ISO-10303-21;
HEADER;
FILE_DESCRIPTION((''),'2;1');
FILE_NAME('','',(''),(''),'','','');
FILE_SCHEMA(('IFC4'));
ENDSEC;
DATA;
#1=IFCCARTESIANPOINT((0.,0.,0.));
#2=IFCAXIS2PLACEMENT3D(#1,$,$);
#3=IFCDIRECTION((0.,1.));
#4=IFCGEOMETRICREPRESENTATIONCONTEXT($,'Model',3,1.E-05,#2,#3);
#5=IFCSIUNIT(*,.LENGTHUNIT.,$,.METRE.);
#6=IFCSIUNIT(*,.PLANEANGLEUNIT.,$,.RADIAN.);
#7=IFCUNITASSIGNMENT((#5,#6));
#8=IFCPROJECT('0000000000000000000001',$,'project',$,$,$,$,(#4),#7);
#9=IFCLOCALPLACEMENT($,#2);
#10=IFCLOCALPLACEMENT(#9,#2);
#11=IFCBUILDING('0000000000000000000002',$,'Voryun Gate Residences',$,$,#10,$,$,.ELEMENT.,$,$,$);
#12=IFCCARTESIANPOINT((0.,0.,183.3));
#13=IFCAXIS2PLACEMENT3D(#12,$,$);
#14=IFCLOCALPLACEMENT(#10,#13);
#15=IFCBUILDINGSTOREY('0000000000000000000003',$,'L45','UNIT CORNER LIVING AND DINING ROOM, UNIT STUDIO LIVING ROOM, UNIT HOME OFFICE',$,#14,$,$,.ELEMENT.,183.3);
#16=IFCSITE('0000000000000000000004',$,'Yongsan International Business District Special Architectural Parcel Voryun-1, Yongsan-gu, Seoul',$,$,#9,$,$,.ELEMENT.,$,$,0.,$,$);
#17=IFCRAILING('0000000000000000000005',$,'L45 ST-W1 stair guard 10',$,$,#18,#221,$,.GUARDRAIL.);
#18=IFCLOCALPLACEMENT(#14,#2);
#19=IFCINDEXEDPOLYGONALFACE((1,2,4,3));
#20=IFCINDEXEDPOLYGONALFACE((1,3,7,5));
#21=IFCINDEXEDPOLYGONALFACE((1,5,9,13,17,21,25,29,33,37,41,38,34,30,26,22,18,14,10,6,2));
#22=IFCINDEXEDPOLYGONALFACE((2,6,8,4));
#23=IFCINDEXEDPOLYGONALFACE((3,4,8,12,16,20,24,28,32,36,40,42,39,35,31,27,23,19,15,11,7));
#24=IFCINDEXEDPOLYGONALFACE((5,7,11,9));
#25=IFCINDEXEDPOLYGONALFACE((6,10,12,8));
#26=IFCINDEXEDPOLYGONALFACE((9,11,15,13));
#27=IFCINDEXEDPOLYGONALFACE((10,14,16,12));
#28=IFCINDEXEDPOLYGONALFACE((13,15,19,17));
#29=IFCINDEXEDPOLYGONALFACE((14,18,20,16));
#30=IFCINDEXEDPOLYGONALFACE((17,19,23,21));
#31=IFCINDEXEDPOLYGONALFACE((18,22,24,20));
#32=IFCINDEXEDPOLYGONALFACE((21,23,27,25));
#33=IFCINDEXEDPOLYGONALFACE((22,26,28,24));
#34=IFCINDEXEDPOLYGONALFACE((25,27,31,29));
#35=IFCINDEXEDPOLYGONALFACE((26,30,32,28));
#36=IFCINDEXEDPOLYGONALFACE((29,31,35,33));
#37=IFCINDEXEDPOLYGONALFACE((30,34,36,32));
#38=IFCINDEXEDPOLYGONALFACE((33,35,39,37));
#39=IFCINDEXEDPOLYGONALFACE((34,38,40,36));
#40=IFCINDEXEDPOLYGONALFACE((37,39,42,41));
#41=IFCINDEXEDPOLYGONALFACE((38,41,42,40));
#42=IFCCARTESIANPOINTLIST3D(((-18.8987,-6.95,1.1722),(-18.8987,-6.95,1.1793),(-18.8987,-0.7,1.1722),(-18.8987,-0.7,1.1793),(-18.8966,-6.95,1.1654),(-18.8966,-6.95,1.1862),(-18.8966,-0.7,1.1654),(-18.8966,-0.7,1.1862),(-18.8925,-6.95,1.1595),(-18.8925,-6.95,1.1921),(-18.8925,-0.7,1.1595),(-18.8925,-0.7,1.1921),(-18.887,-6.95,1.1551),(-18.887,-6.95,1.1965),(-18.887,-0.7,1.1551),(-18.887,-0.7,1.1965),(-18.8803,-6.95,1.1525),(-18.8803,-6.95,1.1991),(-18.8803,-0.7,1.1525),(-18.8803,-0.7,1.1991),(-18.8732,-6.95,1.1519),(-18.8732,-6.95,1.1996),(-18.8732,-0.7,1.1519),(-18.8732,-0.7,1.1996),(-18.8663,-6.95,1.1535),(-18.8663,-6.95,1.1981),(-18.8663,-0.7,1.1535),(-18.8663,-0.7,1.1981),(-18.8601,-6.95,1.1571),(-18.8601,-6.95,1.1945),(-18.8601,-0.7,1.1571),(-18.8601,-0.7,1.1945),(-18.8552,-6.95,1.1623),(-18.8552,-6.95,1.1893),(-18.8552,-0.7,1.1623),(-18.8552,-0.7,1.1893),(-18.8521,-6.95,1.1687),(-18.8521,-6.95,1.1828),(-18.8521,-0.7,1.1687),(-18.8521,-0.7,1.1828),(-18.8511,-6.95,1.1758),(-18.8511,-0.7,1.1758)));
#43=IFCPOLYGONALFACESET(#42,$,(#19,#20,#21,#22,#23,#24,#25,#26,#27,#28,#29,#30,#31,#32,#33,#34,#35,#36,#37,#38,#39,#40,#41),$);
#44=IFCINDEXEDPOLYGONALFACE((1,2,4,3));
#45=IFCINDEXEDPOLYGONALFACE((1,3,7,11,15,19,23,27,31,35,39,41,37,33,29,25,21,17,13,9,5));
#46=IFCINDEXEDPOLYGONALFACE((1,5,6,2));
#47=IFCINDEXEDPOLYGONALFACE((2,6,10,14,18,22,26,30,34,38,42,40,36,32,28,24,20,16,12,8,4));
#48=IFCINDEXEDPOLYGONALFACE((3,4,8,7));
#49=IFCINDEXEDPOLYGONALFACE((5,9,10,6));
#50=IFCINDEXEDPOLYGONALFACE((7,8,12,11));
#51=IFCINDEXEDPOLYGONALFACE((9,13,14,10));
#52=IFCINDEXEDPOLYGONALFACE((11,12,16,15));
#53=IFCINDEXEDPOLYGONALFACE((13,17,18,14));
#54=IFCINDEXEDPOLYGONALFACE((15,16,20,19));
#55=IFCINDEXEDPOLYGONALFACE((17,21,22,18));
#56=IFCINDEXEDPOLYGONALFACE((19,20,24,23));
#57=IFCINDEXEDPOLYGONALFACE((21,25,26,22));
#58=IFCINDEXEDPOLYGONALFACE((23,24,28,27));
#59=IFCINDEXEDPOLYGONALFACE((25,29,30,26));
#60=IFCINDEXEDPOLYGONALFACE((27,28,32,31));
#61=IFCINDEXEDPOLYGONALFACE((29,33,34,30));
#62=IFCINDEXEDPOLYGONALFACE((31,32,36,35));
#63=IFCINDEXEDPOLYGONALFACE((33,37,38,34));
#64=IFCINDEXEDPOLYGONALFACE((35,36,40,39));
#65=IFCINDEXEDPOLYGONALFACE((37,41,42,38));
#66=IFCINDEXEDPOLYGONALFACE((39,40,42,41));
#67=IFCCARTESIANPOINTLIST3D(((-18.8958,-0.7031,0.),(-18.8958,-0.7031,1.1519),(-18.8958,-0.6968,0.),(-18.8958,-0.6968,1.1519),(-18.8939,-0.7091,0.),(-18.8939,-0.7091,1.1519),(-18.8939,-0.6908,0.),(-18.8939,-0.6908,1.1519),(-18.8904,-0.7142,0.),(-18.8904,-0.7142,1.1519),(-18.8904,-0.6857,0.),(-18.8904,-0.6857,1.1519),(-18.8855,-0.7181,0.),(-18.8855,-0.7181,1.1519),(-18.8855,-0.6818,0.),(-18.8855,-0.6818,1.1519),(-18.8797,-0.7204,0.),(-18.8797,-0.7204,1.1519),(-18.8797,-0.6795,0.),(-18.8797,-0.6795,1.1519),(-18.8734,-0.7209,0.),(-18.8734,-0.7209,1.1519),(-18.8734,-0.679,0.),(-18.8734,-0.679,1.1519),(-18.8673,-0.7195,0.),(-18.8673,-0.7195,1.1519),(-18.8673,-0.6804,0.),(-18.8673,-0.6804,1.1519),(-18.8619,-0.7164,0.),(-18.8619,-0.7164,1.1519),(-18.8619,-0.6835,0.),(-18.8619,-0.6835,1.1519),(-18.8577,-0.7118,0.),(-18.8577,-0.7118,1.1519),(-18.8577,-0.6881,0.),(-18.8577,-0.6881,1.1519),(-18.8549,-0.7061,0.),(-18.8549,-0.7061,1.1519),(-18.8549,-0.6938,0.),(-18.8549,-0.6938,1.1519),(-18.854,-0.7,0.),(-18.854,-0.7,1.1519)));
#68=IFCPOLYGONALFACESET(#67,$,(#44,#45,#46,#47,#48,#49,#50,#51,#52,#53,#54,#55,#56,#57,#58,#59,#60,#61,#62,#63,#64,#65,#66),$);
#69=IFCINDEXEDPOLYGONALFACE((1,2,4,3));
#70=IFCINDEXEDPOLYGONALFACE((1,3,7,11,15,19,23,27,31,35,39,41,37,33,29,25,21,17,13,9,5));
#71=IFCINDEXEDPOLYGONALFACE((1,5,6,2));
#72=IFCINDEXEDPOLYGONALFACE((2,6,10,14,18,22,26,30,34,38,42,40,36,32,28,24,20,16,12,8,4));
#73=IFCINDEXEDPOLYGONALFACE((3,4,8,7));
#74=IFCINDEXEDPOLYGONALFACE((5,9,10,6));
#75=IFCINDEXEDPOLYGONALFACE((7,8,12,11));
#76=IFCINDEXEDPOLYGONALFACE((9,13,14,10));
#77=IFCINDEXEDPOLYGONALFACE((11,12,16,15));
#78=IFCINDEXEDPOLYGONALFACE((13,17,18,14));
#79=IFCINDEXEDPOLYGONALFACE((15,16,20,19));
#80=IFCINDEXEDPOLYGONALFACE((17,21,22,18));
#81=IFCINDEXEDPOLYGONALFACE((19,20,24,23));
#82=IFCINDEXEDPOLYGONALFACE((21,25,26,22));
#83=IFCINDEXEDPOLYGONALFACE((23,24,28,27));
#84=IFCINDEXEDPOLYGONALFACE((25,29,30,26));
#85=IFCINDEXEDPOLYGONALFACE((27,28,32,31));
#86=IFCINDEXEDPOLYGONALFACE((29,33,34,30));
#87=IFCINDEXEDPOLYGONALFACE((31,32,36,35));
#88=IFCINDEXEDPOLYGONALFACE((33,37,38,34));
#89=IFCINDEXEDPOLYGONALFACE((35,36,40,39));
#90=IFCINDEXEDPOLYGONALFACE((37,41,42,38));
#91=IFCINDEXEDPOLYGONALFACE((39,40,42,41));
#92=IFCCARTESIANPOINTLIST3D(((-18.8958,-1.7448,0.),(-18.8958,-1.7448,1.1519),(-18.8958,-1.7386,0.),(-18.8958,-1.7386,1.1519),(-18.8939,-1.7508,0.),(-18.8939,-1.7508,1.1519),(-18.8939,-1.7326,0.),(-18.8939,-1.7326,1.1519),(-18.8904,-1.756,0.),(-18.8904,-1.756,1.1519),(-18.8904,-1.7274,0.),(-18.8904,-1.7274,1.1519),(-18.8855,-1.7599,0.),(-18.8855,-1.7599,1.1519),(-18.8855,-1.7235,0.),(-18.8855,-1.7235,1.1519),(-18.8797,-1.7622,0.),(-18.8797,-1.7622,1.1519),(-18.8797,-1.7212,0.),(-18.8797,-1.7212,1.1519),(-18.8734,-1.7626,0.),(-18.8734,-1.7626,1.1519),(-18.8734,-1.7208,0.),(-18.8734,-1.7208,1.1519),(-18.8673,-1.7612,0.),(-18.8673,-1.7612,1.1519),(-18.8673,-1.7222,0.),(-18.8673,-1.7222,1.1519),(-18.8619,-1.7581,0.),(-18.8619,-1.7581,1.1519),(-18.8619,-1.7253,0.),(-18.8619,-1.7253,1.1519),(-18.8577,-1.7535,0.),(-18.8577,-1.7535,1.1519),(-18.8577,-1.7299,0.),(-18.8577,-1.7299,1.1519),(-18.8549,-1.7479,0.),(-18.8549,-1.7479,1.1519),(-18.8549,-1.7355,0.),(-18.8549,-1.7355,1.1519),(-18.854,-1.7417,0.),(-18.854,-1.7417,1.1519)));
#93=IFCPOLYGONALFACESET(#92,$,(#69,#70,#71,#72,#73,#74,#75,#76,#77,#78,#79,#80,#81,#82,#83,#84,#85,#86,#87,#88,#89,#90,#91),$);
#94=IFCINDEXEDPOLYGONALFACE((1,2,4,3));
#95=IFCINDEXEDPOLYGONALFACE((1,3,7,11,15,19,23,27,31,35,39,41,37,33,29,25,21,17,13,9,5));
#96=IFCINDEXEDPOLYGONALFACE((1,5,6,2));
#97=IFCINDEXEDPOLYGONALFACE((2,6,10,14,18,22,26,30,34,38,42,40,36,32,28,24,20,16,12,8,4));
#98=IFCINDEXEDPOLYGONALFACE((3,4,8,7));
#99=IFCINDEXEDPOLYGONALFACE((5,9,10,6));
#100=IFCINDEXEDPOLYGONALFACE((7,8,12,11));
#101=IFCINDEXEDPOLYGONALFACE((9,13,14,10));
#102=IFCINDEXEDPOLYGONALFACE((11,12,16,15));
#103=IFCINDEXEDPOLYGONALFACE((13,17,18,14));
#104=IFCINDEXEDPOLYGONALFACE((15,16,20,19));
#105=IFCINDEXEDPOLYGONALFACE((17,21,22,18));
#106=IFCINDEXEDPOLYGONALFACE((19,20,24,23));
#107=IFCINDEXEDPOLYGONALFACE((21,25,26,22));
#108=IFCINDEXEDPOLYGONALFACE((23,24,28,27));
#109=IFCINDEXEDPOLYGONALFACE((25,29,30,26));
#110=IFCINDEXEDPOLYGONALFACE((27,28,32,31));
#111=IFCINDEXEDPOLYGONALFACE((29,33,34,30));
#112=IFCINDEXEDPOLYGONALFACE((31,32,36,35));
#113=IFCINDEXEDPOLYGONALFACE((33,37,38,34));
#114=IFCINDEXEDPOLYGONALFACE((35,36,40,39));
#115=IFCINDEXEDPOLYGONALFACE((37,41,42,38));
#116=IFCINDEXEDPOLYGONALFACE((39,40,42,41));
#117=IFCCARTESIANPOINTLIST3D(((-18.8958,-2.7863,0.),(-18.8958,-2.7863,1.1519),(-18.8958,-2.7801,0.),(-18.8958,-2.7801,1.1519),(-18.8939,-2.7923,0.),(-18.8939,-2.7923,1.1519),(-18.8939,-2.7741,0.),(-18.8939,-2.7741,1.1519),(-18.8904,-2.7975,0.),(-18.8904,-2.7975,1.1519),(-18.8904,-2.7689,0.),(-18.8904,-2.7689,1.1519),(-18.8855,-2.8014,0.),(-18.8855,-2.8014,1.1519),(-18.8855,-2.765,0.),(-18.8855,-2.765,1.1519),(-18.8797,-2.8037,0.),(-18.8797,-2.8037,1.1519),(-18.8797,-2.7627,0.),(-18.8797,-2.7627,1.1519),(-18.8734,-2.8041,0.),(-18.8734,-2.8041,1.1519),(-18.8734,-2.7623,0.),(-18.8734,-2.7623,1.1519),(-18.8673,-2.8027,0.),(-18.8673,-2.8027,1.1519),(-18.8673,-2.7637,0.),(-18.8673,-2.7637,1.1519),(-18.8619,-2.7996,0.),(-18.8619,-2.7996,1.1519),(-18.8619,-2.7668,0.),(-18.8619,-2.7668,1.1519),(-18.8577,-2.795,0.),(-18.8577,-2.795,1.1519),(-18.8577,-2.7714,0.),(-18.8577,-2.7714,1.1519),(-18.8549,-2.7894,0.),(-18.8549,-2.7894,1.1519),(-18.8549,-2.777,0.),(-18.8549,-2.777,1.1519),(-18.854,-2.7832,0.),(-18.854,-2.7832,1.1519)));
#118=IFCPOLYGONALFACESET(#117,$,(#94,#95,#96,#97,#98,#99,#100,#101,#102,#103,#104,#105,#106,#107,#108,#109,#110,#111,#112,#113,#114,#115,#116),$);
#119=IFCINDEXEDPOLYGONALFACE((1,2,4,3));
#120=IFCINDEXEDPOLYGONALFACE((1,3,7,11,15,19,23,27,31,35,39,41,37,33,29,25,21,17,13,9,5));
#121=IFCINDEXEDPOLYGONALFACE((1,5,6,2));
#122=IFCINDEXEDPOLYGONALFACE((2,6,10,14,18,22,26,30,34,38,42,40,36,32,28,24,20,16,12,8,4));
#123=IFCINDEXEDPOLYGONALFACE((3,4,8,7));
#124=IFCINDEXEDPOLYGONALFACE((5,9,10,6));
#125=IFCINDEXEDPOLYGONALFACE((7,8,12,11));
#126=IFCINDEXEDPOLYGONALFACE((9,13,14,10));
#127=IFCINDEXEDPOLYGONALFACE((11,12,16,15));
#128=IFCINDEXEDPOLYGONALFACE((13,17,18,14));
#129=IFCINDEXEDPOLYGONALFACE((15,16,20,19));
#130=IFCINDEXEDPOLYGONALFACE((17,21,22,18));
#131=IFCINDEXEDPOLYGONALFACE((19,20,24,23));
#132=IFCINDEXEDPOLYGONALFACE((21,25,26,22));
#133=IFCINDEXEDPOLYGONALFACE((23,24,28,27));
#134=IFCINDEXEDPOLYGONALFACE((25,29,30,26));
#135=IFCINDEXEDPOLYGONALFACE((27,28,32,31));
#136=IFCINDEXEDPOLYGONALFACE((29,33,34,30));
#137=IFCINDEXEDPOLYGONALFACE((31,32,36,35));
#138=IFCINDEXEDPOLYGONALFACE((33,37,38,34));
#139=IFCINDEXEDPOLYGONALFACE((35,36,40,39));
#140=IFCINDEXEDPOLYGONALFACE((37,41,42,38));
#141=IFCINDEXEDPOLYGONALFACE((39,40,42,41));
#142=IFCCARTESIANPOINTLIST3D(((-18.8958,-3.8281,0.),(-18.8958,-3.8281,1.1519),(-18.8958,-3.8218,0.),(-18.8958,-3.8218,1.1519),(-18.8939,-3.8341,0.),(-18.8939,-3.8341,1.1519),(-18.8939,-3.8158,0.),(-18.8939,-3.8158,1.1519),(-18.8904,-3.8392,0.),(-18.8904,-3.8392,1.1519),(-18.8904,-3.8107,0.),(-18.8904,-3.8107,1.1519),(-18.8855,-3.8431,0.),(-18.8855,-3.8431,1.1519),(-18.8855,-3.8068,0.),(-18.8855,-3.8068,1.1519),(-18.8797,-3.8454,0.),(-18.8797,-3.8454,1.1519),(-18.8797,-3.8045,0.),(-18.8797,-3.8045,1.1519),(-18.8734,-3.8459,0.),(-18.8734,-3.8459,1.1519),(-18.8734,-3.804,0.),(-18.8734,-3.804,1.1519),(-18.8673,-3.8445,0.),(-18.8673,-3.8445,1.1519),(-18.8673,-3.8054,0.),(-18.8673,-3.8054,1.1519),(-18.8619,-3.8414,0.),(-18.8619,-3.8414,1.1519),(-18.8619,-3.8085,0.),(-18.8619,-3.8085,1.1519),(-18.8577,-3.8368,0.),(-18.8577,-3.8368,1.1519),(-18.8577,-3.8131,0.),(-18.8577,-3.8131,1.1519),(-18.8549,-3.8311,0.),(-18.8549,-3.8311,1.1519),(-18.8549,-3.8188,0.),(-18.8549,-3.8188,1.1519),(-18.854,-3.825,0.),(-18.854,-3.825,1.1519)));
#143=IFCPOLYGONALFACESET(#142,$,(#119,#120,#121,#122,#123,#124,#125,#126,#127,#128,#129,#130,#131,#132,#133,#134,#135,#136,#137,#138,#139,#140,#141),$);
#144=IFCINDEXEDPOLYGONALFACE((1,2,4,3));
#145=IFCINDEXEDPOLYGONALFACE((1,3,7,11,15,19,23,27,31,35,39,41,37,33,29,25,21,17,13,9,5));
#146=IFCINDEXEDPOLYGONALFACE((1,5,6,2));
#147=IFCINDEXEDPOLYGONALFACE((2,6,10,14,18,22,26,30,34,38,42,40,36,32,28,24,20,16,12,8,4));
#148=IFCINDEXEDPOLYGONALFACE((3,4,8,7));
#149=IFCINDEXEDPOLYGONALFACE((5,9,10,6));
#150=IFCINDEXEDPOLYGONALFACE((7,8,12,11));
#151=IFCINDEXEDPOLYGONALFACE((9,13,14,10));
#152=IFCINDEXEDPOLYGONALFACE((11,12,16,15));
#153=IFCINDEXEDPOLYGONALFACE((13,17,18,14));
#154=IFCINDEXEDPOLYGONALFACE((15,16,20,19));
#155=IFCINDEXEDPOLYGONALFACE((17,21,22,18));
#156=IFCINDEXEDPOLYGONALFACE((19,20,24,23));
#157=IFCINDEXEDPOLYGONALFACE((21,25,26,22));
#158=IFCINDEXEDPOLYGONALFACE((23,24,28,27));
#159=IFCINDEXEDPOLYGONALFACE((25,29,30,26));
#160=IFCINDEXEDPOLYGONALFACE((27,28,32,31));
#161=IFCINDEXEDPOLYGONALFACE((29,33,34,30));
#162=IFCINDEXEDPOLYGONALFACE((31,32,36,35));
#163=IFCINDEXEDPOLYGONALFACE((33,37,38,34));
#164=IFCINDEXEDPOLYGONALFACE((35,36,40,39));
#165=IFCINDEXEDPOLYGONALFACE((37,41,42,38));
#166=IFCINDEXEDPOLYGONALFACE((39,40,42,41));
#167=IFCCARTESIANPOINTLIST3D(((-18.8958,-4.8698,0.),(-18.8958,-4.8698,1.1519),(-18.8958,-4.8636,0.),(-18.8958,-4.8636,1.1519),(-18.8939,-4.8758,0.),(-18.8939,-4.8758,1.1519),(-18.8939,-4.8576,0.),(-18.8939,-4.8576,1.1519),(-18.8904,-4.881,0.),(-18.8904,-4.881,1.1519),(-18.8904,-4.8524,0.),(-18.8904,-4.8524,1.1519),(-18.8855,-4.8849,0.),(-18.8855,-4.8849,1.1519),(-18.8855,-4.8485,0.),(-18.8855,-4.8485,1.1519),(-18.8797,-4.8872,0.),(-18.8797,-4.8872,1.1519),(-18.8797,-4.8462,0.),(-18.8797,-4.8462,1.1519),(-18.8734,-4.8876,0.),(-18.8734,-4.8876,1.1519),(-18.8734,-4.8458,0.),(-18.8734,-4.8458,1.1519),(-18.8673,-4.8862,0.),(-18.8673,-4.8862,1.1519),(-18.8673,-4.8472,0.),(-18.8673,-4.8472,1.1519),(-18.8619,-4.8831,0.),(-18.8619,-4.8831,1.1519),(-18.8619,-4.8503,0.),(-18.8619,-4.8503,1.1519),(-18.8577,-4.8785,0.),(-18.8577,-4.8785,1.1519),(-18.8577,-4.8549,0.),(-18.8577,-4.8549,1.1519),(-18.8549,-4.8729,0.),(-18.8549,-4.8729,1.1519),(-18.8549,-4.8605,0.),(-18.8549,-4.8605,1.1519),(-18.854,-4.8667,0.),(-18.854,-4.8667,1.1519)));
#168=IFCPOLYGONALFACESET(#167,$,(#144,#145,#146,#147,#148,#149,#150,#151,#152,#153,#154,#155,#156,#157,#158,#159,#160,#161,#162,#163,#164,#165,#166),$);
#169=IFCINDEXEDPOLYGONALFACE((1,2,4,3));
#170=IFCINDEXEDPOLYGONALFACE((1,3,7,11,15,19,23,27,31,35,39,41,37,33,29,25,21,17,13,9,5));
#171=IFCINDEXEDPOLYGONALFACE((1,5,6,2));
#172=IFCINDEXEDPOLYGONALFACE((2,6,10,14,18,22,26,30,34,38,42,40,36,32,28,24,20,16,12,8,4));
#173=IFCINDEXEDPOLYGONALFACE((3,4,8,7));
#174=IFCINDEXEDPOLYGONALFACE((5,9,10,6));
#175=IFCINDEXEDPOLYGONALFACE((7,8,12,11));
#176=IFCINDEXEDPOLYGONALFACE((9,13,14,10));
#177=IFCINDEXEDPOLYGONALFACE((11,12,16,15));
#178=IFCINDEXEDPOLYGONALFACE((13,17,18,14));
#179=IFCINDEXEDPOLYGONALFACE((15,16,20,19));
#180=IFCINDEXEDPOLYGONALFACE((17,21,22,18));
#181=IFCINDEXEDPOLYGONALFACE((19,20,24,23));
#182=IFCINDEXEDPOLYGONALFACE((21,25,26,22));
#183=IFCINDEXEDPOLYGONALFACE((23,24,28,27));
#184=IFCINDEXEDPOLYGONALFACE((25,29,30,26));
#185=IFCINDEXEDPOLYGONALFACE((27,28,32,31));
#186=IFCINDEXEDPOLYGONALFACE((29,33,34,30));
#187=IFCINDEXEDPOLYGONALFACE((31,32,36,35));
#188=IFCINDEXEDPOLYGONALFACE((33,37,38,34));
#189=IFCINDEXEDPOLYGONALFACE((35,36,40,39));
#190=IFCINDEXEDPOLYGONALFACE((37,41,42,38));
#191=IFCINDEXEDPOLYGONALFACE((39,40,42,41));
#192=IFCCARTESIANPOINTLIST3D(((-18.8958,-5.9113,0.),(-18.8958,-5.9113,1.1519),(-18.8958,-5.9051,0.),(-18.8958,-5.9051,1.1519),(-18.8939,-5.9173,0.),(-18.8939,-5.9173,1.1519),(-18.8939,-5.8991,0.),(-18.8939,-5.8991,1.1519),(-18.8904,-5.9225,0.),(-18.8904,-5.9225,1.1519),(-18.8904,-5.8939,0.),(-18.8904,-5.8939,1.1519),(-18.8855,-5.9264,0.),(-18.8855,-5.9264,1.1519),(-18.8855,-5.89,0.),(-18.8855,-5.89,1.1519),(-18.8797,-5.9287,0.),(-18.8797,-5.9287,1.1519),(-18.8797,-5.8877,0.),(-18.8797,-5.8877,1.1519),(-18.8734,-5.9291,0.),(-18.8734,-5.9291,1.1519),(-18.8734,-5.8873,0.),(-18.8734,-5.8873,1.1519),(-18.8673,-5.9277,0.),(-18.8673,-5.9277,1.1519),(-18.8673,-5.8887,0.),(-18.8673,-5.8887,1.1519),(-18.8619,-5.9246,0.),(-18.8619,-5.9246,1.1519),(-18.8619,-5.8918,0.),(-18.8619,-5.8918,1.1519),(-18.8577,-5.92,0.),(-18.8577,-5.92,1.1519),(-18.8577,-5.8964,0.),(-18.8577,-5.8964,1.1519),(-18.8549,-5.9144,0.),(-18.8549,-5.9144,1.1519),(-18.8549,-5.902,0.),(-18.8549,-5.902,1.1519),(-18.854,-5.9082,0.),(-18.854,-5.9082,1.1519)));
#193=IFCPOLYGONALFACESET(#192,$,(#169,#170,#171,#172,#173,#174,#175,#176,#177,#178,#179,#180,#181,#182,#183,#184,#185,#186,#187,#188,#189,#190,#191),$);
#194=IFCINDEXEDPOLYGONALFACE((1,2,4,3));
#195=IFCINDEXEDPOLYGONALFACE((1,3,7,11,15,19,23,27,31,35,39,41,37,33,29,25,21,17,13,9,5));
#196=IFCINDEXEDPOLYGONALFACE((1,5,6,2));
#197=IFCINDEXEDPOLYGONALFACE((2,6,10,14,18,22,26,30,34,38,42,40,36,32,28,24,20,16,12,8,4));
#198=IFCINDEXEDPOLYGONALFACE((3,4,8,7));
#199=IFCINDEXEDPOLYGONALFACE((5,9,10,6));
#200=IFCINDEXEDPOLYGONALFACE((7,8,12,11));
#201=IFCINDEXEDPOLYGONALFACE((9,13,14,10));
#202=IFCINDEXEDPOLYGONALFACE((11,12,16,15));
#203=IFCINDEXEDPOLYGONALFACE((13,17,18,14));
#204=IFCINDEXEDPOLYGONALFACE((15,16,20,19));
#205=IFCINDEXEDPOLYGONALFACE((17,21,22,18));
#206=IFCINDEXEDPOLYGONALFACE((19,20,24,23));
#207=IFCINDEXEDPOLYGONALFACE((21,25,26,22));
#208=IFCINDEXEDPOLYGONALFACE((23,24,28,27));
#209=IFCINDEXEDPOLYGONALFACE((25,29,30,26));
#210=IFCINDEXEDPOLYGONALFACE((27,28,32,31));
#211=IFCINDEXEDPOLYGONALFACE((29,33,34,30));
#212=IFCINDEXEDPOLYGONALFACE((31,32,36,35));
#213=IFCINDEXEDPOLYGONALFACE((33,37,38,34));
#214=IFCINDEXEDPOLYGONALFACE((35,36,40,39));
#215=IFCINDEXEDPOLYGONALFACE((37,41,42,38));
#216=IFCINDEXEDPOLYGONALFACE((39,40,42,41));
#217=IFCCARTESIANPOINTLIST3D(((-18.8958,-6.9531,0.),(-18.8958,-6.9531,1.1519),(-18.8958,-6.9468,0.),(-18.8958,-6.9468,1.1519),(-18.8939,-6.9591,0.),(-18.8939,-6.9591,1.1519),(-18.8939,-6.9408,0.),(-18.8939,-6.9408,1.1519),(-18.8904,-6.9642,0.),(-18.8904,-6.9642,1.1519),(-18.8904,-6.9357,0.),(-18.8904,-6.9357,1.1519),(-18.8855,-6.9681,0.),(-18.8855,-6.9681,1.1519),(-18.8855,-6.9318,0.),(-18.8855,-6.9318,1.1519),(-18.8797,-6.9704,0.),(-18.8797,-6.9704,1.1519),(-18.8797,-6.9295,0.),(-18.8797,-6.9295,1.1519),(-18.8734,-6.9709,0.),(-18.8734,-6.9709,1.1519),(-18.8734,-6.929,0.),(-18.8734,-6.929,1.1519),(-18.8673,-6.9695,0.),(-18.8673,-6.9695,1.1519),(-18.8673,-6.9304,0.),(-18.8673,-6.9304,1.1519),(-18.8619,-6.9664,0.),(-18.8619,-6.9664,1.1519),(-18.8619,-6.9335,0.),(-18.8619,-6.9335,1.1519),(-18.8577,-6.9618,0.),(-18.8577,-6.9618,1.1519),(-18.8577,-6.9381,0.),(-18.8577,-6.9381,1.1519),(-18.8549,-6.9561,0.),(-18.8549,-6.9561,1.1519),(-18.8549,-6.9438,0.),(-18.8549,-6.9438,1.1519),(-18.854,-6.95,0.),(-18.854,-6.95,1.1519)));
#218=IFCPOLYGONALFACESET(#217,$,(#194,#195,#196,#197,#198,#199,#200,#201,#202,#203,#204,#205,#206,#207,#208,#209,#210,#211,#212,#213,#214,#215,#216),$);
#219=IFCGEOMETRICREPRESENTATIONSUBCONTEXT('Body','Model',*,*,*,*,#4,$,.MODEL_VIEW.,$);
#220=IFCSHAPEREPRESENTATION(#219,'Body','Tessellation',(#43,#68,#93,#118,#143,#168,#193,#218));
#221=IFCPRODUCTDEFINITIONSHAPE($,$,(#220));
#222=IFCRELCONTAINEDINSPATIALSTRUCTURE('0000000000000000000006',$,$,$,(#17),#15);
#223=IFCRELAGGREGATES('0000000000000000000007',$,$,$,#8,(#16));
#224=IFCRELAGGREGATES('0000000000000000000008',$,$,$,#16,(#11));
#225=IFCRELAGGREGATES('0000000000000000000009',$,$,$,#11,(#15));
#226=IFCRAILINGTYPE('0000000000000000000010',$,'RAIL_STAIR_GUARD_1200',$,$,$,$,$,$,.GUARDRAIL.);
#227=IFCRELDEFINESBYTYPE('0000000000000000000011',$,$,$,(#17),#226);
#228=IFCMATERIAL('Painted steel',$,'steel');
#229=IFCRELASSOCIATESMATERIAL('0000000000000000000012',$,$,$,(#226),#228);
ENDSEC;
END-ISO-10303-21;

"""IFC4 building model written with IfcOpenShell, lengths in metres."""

from ifc_helpers import new_model, si_unit, direction, frame, origin, origin_2d, place, context, subcontext, project, spatial, circle, extrude, material, type_object, element, save


model = new_model("IFC4")

# Units and contexts
model_context = context("Model", 3, precision=1e-05, world=origin(), true_north=direction((0.0, 1.0)))
body_context = subcontext(model_context, "Body", "Model", "MODEL_VIEW")
ifc_project = project(units=[si_unit("LENGTHUNIT", "METRE"), si_unit("PLANEANGLEUNIT", "RADIAN")], contexts=[model_context])

# Site, building, storey
site_placement = place(None, origin())
site = spatial("IfcSite", under=ifc_project, at=site_placement, Name="Yongsan International Business District Special Architectural Parcel Voryun-1, Yongsan-gu, Seoul", CompositionType="ELEMENT", RefElevation=0.0)
building_placement = place(site_placement, origin())
building = spatial("IfcBuilding", under=site, at=building_placement, Name="Voryun Gate Residences", CompositionType="ELEMENT")
storey_placement = place(building_placement, frame((0.0, 0.0, 183.3)))
storey = spatial("IfcBuildingStorey", under=building, at=storey_placement, Name="L45", Description="UNIT CORNER LIVING AND DINING ROOM, UNIT STUDIO LIVING ROOM, UNIT HOME OFFICE", CompositionType="ELEMENT", Elevation=183.3)

# Railing
ifc_material_1 = material(Name="Painted steel", Category="steel")
railing_type = type_object("IfcRailingType", Name="RAIL_STAIR_GUARD_1200", PredefinedType="GUARDRAIL", material=ifc_material_1)
railing_1_placement = place(storey_placement, frame((-18.875, -0.7, 0.0)))
element("IfcRailing", 1, at=railing_1_placement, inside=storey, type_object=railing_type, Name="L45 ST-W1 stair guard 10", PredefinedType="GUARDRAIL", context=body_context, shape_type="SweptSolid", body=[
    extrude(circle(Radius=0.0239, at=origin_2d()), frame((0.0, 0.0, 1.1758), z_axis=(0.0, -1.0, 0.0), x_axis=(1.0, 0.0, 0.0)), (0.0, 0.0, 1.0), 6.25),
    extrude(circle(Radius=0.021, at=origin_2d()), origin(), (0.0, 0.0, 1.0), 1.1519),
    extrude(circle(Radius=0.021, at=origin_2d()), frame((0.0, -1.0417, 0.0)), (0.0, 0.0, 1.0), 1.1519),
    extrude(circle(Radius=0.021, at=origin_2d()), frame((0.0, -2.0833, 0.0)), (0.0, 0.0, 1.0), 1.1519),
    extrude(circle(Radius=0.021, at=origin_2d()), frame((0.0, -3.125, 0.0)), (0.0, 0.0, 1.0), 1.1519),
    extrude(circle(Radius=0.021, at=origin_2d()), frame((0.0, -4.1667, 0.0)), (0.0, 0.0, 1.0), 1.1519),
    extrude(circle(Radius=0.021, at=origin_2d()), frame((0.0, -5.2083, 0.0)), (0.0, 0.0, 1.0), 1.1519),
    extrude(circle(Radius=0.021, at=origin_2d()), frame((0.0, -6.25, 0.0)), (0.0, 0.0, 1.0), 1.1519),
])

save(model, "model.ifc")
